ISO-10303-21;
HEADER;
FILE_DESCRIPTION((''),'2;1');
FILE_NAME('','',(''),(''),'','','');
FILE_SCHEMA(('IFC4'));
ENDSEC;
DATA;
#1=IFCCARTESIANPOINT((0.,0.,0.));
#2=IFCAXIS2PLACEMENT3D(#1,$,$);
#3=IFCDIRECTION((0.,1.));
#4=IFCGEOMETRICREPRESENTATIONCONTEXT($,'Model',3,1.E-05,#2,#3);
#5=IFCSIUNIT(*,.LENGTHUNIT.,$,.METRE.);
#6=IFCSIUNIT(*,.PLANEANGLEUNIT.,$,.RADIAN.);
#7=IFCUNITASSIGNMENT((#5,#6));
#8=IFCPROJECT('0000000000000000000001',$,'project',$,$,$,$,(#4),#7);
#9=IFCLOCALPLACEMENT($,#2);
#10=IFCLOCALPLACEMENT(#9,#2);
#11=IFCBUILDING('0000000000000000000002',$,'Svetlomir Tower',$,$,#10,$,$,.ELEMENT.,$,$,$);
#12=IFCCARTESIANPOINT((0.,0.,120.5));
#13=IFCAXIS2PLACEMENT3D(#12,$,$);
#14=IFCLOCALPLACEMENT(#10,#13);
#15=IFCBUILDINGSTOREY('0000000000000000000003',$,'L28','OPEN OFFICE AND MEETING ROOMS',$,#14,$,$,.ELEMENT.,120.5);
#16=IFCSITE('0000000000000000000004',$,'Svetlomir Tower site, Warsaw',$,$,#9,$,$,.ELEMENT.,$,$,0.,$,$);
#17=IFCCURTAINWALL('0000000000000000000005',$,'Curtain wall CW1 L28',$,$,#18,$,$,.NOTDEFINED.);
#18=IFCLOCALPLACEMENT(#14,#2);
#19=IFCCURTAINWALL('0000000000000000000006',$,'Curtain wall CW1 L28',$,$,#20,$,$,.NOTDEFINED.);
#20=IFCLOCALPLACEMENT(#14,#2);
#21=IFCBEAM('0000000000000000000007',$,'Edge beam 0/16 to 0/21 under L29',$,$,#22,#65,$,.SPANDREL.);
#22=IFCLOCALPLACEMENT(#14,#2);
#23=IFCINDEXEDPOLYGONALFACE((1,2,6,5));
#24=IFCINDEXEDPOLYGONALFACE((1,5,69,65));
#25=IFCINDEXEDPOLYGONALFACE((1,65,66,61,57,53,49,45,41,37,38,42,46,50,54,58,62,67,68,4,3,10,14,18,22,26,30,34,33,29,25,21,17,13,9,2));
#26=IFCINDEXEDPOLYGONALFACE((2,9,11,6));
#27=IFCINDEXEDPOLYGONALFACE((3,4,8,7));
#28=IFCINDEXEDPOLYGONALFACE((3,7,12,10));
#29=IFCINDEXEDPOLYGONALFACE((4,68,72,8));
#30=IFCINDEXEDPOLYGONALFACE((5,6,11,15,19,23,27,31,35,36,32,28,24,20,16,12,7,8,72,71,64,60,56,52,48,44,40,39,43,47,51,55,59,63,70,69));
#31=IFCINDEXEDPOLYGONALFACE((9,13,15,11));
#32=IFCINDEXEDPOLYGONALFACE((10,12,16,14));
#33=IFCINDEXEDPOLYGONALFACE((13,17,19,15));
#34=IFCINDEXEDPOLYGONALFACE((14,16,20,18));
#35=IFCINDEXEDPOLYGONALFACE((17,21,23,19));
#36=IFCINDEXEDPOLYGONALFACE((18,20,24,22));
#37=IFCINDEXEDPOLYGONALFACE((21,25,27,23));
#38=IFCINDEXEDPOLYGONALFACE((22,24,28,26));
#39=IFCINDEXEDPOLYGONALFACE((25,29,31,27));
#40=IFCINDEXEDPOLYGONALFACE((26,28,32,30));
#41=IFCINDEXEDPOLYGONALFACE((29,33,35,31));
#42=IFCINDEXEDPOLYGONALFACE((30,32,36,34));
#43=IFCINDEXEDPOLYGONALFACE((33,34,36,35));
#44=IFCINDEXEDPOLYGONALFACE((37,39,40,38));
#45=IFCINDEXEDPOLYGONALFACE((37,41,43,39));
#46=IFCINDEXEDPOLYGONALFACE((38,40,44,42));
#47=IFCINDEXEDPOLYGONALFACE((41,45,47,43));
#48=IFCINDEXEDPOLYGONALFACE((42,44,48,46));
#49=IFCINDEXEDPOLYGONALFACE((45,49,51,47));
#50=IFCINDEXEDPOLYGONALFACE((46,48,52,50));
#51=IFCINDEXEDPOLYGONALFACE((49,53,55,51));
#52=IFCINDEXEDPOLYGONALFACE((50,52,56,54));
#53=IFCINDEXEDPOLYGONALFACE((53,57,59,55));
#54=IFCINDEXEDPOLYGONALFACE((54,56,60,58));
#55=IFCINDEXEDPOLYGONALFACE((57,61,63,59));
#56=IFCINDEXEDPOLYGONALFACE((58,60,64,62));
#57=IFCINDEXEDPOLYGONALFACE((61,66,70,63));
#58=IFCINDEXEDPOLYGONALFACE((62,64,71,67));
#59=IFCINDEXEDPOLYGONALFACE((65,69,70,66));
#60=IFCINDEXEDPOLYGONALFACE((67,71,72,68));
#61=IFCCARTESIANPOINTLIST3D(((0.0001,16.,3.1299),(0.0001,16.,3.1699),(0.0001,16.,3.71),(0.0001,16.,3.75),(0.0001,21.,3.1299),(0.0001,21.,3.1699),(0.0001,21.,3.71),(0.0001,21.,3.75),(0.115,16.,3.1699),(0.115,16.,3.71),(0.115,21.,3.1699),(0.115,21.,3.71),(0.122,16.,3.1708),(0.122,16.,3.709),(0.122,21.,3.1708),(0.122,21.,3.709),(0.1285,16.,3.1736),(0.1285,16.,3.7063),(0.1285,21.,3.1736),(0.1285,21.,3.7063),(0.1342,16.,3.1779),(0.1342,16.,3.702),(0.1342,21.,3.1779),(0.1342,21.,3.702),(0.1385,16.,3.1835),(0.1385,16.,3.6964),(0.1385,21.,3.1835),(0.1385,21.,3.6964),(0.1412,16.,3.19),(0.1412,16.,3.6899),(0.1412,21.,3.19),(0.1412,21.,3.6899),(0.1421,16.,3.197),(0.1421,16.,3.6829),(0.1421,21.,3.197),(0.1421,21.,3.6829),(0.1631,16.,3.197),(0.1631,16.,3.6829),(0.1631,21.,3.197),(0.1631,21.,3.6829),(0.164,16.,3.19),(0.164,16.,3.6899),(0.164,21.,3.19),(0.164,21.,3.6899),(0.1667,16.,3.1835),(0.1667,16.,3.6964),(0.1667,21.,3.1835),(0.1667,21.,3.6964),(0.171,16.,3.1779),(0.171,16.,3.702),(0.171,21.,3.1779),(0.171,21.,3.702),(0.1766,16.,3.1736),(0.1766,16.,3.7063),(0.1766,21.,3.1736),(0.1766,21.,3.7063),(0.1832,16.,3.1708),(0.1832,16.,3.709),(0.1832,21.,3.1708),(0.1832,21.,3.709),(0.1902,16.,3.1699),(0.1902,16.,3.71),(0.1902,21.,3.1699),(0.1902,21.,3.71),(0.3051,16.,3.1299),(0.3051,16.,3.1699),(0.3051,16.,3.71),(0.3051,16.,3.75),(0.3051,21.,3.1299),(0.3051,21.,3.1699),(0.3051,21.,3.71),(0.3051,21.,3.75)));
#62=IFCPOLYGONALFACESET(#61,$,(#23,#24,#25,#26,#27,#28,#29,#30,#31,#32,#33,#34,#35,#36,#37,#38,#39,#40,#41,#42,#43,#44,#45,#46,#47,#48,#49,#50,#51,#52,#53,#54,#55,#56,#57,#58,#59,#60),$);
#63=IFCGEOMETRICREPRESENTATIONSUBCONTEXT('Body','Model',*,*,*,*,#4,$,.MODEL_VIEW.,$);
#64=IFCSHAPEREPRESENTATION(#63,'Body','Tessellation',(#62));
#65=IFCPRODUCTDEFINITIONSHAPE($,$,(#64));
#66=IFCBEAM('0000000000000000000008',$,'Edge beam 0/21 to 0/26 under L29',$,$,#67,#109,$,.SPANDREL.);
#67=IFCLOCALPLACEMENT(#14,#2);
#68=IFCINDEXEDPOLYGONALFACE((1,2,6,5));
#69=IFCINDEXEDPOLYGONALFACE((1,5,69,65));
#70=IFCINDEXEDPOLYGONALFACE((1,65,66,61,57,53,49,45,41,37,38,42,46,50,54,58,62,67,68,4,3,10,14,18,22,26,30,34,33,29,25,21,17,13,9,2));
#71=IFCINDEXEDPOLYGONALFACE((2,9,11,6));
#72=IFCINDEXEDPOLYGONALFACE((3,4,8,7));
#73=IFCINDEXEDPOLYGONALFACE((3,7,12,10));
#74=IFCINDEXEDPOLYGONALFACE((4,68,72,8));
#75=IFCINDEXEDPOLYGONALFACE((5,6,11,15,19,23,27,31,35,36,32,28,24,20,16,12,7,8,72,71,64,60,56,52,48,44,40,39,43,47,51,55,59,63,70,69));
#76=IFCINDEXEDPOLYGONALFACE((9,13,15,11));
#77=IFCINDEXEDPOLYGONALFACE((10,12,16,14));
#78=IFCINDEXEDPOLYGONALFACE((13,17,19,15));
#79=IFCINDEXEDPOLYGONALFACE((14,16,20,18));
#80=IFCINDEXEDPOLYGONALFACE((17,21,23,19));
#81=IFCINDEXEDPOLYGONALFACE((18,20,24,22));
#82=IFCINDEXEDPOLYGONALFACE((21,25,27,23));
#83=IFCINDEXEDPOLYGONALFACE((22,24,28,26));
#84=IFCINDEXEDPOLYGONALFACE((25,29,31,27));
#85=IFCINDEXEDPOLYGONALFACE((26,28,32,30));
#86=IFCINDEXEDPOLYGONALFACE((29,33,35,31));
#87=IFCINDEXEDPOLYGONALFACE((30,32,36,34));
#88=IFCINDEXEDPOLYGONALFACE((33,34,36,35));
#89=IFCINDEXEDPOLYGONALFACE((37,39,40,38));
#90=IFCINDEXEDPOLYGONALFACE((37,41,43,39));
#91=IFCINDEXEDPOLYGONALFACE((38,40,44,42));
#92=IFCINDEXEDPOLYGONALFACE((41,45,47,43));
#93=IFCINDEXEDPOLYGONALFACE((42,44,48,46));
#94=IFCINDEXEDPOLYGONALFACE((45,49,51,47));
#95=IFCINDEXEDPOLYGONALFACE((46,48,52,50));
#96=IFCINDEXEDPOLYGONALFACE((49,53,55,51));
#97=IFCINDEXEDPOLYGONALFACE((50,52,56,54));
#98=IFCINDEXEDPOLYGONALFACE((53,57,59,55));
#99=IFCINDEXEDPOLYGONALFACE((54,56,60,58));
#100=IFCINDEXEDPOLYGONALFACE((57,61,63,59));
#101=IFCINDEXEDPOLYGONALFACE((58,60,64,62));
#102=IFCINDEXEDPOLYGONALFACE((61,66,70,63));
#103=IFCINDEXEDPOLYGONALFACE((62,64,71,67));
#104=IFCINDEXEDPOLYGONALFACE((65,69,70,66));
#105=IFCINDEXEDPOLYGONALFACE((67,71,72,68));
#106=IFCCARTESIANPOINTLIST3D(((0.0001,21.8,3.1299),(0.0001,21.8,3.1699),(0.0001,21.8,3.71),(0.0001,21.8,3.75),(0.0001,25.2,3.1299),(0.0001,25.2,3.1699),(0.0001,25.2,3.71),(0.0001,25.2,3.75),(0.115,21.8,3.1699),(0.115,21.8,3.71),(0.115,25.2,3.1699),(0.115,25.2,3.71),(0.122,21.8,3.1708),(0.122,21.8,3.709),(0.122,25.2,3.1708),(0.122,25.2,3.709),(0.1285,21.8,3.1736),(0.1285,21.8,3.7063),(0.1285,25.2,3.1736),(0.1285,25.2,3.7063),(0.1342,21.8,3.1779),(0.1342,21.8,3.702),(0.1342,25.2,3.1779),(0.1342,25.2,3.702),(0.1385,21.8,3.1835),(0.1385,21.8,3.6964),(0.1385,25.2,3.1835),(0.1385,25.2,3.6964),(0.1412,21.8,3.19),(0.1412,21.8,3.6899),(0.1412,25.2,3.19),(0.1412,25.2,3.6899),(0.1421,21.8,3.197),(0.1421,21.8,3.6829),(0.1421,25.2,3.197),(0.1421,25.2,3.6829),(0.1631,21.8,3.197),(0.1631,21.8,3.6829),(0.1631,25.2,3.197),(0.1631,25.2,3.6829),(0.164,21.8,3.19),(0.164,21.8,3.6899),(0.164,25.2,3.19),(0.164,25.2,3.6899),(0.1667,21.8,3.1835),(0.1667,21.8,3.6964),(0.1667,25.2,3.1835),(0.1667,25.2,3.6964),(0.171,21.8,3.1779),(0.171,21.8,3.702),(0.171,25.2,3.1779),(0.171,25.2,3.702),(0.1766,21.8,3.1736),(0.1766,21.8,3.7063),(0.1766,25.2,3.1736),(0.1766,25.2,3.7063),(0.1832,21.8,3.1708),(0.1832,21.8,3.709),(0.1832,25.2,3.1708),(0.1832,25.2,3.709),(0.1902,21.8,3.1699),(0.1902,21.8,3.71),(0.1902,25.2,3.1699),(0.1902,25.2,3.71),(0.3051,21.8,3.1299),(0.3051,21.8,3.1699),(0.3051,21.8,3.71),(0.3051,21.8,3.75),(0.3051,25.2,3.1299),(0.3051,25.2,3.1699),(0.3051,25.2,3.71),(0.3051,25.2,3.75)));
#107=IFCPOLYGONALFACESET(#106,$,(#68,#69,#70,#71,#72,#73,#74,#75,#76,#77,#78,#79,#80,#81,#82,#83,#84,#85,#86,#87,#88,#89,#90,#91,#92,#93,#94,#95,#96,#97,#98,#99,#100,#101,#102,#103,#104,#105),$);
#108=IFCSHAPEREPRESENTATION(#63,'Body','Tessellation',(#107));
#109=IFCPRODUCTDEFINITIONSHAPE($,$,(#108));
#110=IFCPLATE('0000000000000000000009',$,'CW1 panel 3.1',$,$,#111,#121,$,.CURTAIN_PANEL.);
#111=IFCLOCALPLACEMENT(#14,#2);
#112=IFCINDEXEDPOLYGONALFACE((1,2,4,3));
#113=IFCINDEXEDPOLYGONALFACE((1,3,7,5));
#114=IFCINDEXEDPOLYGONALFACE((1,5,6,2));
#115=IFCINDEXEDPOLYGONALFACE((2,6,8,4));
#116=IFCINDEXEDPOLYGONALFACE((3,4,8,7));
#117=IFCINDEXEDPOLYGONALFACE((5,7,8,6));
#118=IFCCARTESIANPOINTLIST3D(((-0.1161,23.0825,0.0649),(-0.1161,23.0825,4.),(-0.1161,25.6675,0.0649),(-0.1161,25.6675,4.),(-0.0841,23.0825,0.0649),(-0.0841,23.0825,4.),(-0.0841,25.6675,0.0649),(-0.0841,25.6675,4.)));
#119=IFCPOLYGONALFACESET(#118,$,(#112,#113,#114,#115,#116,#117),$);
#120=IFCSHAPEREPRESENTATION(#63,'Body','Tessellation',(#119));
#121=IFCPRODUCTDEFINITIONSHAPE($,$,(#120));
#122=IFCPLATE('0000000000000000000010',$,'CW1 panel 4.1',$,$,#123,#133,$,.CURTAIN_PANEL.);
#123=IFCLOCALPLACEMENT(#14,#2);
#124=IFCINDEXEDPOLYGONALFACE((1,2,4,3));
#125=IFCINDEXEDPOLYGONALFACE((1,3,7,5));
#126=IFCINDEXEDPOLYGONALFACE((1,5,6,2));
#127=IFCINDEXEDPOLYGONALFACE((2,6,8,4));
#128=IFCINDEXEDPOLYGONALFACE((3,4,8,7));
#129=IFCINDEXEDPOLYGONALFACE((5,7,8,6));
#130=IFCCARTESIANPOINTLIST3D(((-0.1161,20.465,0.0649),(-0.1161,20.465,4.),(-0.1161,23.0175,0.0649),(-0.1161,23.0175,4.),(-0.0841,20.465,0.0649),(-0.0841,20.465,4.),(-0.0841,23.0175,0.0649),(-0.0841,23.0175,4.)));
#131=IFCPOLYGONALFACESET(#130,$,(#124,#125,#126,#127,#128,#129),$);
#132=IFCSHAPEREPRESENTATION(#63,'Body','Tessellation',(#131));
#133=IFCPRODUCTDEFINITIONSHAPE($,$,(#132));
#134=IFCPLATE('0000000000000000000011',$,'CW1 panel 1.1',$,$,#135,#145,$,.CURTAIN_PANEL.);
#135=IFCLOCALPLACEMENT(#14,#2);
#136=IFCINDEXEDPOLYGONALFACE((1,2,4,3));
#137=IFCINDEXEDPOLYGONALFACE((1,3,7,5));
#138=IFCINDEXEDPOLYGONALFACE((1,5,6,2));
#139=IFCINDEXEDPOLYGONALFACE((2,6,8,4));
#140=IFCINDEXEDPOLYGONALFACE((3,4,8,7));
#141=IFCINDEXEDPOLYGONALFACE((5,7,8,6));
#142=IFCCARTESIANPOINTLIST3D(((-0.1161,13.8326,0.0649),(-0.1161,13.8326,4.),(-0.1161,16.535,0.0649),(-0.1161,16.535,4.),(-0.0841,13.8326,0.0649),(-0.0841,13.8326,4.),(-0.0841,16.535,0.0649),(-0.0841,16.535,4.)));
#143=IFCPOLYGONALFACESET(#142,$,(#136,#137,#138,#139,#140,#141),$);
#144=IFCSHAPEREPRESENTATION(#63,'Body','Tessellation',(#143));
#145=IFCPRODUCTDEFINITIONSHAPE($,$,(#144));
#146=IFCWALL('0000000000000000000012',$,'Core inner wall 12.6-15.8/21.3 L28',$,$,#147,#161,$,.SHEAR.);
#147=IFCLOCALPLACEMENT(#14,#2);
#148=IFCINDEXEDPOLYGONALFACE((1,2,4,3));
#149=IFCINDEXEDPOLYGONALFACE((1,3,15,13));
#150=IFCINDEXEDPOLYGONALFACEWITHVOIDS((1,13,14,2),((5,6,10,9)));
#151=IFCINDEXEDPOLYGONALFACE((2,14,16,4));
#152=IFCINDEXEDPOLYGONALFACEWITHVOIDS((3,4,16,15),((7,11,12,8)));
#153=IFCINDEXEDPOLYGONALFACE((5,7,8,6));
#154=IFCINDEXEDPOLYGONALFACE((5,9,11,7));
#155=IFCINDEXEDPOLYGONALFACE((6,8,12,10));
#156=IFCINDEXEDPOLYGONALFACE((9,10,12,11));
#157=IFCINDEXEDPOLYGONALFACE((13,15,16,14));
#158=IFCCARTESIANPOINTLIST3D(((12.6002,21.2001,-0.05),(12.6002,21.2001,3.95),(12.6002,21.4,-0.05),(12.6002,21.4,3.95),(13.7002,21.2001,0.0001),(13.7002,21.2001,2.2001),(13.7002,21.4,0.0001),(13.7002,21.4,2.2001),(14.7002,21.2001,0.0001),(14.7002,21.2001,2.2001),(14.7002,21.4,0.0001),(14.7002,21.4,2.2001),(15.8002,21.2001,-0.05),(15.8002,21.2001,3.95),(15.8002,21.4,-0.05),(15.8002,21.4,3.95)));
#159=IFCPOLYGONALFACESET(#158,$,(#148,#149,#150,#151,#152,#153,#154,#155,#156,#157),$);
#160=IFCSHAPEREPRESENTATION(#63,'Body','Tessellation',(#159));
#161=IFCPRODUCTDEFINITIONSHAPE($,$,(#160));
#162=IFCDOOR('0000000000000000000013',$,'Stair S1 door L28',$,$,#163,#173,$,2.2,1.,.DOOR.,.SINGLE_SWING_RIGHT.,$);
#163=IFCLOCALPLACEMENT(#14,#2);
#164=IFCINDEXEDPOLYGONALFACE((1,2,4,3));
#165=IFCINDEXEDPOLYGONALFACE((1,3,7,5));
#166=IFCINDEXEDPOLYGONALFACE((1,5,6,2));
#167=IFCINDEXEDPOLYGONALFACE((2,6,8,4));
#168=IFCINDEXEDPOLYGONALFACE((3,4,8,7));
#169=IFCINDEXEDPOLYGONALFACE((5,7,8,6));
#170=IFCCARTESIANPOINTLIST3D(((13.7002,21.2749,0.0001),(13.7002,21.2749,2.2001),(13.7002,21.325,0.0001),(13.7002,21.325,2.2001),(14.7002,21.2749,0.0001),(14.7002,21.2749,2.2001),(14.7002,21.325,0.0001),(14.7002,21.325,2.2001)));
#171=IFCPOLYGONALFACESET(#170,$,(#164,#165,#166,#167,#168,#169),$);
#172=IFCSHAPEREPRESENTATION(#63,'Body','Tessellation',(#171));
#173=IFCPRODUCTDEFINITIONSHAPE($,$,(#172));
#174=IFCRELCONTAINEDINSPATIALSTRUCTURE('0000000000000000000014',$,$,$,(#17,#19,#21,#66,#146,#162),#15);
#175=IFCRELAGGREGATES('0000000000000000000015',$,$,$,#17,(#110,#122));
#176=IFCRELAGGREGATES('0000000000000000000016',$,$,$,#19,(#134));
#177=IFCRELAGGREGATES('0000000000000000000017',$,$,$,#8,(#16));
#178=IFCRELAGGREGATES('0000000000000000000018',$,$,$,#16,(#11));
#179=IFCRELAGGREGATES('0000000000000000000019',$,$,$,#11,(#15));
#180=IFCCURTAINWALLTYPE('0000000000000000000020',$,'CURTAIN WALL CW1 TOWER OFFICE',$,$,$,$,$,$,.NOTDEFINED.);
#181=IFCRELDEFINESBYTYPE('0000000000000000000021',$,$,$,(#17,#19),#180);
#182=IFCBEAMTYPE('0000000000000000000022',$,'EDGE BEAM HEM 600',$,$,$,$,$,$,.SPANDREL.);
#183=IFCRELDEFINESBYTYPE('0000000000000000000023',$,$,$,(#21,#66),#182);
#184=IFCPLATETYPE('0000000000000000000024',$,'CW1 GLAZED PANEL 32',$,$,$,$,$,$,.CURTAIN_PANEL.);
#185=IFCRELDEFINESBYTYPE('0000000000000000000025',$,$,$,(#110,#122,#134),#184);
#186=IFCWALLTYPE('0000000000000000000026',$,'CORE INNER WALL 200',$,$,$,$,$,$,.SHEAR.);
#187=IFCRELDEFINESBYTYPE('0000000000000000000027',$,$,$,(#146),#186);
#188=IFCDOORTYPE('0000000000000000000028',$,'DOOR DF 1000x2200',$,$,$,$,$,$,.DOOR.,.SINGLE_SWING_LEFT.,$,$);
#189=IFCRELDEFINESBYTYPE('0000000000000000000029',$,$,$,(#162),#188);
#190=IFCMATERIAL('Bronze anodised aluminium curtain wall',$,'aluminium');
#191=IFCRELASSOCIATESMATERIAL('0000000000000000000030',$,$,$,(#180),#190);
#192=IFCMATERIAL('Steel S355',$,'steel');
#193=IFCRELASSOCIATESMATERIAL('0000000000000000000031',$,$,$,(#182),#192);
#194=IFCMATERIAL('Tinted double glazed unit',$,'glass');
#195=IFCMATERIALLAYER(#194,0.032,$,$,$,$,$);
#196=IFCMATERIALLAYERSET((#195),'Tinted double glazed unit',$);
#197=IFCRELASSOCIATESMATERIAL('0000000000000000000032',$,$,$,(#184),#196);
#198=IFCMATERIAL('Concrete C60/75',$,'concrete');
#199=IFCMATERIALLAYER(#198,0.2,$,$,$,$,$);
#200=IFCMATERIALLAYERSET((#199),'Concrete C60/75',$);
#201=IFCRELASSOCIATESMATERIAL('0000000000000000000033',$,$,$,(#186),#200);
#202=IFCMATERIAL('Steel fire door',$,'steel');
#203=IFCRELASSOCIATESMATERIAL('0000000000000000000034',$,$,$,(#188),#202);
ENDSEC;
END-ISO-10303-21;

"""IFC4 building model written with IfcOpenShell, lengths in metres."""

from ifc_helpers import new_model, si_unit, direction, frame, frame_2d, origin, origin_2d, place, context, subcontext, project, spatial, rectangle, i_section, extrude, material, layer, layer_set, material_profile, profile_set, type_object, element, fill, aggregate, save


model = new_model("IFC4")

# Units and contexts
model_context = context("Model", 3, precision=1e-05, world=origin(), true_north=direction((0.0, 1.0)))
body_context = subcontext(model_context, "Body", "Model", "MODEL_VIEW")
ifc_project = project(units=[si_unit("LENGTHUNIT", "METRE"), si_unit("PLANEANGLEUNIT", "RADIAN")], contexts=[model_context])

# Site, building, storey
site_placement = place(None, origin())
site = spatial("IfcSite", under=ifc_project, at=site_placement, Name="Svetlomir Tower site, Warsaw", CompositionType="ELEMENT", RefElevation=0.0)
building_placement = place(site_placement, origin())
building = spatial("IfcBuilding", under=site, at=building_placement, Name="Svetlomir Tower", CompositionType="ELEMENT")
storey_placement = place(building_placement, frame((0.0, 0.0, 120.5)))
storey = spatial("IfcBuildingStorey", under=building, at=storey_placement, Name="L28", Description="OPEN OFFICE AND MEETING ROOMS", CompositionType="ELEMENT", Elevation=120.5)

# Curtain walls
ifc_material_1 = material(Name="Bronze anodised aluminium curtain wall", Category="aluminium")
curtain_wall_type = type_object("IfcCurtainWallType", Name="CURTAIN WALL CW1 TOWER OFFICE", PredefinedType="NOTDEFINED", material=ifc_material_1)
curtain_wall_1_placement = place(storey_placement, origin())
curtain_wall_1 = element("IfcCurtainWall", 1, at=curtain_wall_1_placement, inside=storey, type_object=curtain_wall_type, Name="Curtain wall CW1 L28", PredefinedType="NOTDEFINED")
curtain_wall_2_placement = place(storey_placement, origin())
curtain_wall_2 = element("IfcCurtainWall", 2, at=curtain_wall_2_placement, inside=storey, type_object=curtain_wall_type, Name="Curtain wall CW1 L28", PredefinedType="NOTDEFINED")

# Beams
ifc_material_2 = material(Name="Steel S355", Category="steel")
ifc_material_profile_1 = material_profile(ifc_material_2, i_section(OverallWidth=0.3049, OverallDepth=0.6201, WebThickness=0.021, FlangeThickness=0.04, FilletRadius=0.0271, at=origin_2d()), Name="HEM 600")
ifc_profile_set_1 = profile_set([ifc_material_profile_1], Name="Steel S355")
beam_type_1 = type_object("IfcBeamType", Name="EDGE BEAM HEM 600", PredefinedType="SPANDREL", material=ifc_profile_set_1)
beam_1_placement = place(storey_placement, frame((0.1526, 16.0, 3.4399), z_axis=(0.0, 1.0, 0.0), x_axis=(-1.0, 0.0, 0.0)))
element("IfcBeam", 3, at=beam_1_placement, inside=storey, type_object=beam_type_1, Name="Edge beam 0/16 to 0/21 under L29", PredefinedType="SPANDREL", context=body_context, shape_type="SweptSolid", body=[
    extrude(i_section(OverallWidth=0.3049, OverallDepth=0.6201, WebThickness=0.021, FlangeThickness=0.04, FilletRadius=0.0271, at=origin_2d()), origin(), (0.0, 0.0, 1.0), 5.0),
])
beam_2_placement = place(storey_placement, frame((0.1526, 21.8, 3.4399), z_axis=(0.0, 1.0, 0.0), x_axis=(-1.0, 0.0, 0.0)))
element("IfcBeam", 4, at=beam_2_placement, inside=storey, type_object=beam_type_1, Name="Edge beam 0/21 to 0/26 under L29", PredefinedType="SPANDREL", context=body_context, shape_type="SweptSolid", body=[
    extrude(i_section(OverallWidth=0.3049, OverallDepth=0.6201, WebThickness=0.021, FlangeThickness=0.04, FilletRadius=0.0271, at=origin_2d()), origin(), (0.0, 0.0, 1.0), 3.3999),
])

# Plates
ifc_material_3 = material(Name="Tinted double glazed unit", Category="glass")
ifc_layer_1 = layer(ifc_material_3, 0.032)
ifc_layer_set_1 = layer_set([ifc_layer_1], Name="Tinted double glazed unit")
plate_type = type_object("IfcPlateType", Name="CW1 GLAZED PANEL 32", PredefinedType="CURTAIN_PANEL", material=ifc_layer_set_1)
plate_1_placement = place(storey_placement, frame((-0.1001, 24.375, 0.0649), z_axis=(0.0, 0.0, 1.0), x_axis=(0.0, -1.0, 0.0)))
plate_1 = element("IfcPlate", 5, at=plate_1_placement, type_object=plate_type, Name="CW1 panel 3.1", PredefinedType="CURTAIN_PANEL", context=body_context, shape_type="SweptSolid", body=[
    extrude(rectangle(XDim=2.585, YDim=0.032, at=origin_2d()), origin(), (0.0, 0.0, 1.0), 3.9351),
])
plate_2_placement = place(storey_placement, frame((-0.1001, 21.7412, 0.0649), z_axis=(0.0, 0.0, 1.0), x_axis=(0.0, -1.0, 0.0)))
plate_2 = element("IfcPlate", 6, at=plate_2_placement, type_object=plate_type, Name="CW1 panel 4.1", PredefinedType="CURTAIN_PANEL", context=body_context, shape_type="SweptSolid", body=[
    extrude(rectangle(XDim=2.5525, YDim=0.032, at=origin_2d()), origin(), (0.0, 0.0, 1.0), 3.9351),
])
aggregate(curtain_wall_1, [plate_1, plate_2])
plate_3_placement = place(storey_placement, frame((-0.1001, 15.1838, 0.0649), z_axis=(0.0, 0.0, 1.0), x_axis=(0.0, -1.0, 0.0)))
plate_3 = element("IfcPlate", 7, at=plate_3_placement, type_object=plate_type, Name="CW1 panel 1.1", PredefinedType="CURTAIN_PANEL", context=body_context, shape_type="SweptSolid", body=[
    extrude(rectangle(XDim=2.7024, YDim=0.032, at=origin_2d()), origin(), (0.0, 0.0, 1.0), 3.9351),
])
aggregate(curtain_wall_2, [plate_3])

# Wall, opening, door
ifc_material_4 = material(Name="Concrete C60/75", Category="concrete")
ifc_layer_2 = layer(ifc_material_4, 0.2)
ifc_layer_set_2 = layer_set([ifc_layer_2], Name="Concrete C60/75")
wall_type_1 = type_object("IfcWallType", Name="CORE INNER WALL 200", PredefinedType="SHEAR", material=ifc_layer_set_2)
wall_1_placement = place(storey_placement, frame((12.6001, 21.3, -0.05), z_axis=(0.0, 0.0, 1.0), x_axis=(1.0, 0.0, 0.0)))
wall_1 = element("IfcWall", 8, at=wall_1_placement, inside=storey, type_object=wall_type_1, Name="Core inner wall 12.6-15.8/21.3 L28", PredefinedType="SHEAR", context=body_context, shape_type="SweptSolid", body=[
    extrude(rectangle(XDim=3.2, YDim=0.2, at=frame_2d((1.6001, 0.0))), origin(), (0.0, 0.0, 1.0), 4.0),
])
opening_1_placement = place(wall_1_placement, frame((1.1001, 0.0, 0.05)))
opening_1 = element("IfcOpeningElement", 9, at=opening_1_placement, cuts=wall_1, PredefinedType="OPENING", context=body_context, shape_type="SweptSolid", body=[
    extrude(rectangle(XDim=1.0, YDim=2.2, at=frame_2d((0.5, 1.1001))), frame((0.0, 0.1099, 0.0), z_axis=(0.0, -1.0, 0.0), x_axis=(1.0, 0.0, 0.0)), (0.0, 0.0, 1.0), 0.22),
])
ifc_material_5 = material(Name="Steel fire door", Category="steel")
door_type_1 = type_object("IfcDoorType", Name="DOOR DF 1000x2200", OperationType="SINGLE_SWING_LEFT", PredefinedType="DOOR", material=ifc_material_5)
door_1_placement = place(opening_1_placement, origin())
door_1 = element("IfcDoor", 10, at=door_1_placement, inside=storey, type_object=door_type_1, Name="Stair S1 door L28", OperationType="SINGLE_SWING_RIGHT", OverallHeight=2.2, OverallWidth=1.0, PredefinedType="DOOR", context=body_context, shape_type="SweptSolid", body=[
    extrude(rectangle(XDim=1.0, YDim=2.2, at=frame_2d((0.5, 1.1001))), frame((0.0, 0.0249, 0.0), z_axis=(0.0, -1.0, 0.0), x_axis=(1.0, 0.0, 0.0)), (0.0, 0.0, 1.0), 0.05),
])
fill(opening_1, door_1)

save(model, "model.ifc")
